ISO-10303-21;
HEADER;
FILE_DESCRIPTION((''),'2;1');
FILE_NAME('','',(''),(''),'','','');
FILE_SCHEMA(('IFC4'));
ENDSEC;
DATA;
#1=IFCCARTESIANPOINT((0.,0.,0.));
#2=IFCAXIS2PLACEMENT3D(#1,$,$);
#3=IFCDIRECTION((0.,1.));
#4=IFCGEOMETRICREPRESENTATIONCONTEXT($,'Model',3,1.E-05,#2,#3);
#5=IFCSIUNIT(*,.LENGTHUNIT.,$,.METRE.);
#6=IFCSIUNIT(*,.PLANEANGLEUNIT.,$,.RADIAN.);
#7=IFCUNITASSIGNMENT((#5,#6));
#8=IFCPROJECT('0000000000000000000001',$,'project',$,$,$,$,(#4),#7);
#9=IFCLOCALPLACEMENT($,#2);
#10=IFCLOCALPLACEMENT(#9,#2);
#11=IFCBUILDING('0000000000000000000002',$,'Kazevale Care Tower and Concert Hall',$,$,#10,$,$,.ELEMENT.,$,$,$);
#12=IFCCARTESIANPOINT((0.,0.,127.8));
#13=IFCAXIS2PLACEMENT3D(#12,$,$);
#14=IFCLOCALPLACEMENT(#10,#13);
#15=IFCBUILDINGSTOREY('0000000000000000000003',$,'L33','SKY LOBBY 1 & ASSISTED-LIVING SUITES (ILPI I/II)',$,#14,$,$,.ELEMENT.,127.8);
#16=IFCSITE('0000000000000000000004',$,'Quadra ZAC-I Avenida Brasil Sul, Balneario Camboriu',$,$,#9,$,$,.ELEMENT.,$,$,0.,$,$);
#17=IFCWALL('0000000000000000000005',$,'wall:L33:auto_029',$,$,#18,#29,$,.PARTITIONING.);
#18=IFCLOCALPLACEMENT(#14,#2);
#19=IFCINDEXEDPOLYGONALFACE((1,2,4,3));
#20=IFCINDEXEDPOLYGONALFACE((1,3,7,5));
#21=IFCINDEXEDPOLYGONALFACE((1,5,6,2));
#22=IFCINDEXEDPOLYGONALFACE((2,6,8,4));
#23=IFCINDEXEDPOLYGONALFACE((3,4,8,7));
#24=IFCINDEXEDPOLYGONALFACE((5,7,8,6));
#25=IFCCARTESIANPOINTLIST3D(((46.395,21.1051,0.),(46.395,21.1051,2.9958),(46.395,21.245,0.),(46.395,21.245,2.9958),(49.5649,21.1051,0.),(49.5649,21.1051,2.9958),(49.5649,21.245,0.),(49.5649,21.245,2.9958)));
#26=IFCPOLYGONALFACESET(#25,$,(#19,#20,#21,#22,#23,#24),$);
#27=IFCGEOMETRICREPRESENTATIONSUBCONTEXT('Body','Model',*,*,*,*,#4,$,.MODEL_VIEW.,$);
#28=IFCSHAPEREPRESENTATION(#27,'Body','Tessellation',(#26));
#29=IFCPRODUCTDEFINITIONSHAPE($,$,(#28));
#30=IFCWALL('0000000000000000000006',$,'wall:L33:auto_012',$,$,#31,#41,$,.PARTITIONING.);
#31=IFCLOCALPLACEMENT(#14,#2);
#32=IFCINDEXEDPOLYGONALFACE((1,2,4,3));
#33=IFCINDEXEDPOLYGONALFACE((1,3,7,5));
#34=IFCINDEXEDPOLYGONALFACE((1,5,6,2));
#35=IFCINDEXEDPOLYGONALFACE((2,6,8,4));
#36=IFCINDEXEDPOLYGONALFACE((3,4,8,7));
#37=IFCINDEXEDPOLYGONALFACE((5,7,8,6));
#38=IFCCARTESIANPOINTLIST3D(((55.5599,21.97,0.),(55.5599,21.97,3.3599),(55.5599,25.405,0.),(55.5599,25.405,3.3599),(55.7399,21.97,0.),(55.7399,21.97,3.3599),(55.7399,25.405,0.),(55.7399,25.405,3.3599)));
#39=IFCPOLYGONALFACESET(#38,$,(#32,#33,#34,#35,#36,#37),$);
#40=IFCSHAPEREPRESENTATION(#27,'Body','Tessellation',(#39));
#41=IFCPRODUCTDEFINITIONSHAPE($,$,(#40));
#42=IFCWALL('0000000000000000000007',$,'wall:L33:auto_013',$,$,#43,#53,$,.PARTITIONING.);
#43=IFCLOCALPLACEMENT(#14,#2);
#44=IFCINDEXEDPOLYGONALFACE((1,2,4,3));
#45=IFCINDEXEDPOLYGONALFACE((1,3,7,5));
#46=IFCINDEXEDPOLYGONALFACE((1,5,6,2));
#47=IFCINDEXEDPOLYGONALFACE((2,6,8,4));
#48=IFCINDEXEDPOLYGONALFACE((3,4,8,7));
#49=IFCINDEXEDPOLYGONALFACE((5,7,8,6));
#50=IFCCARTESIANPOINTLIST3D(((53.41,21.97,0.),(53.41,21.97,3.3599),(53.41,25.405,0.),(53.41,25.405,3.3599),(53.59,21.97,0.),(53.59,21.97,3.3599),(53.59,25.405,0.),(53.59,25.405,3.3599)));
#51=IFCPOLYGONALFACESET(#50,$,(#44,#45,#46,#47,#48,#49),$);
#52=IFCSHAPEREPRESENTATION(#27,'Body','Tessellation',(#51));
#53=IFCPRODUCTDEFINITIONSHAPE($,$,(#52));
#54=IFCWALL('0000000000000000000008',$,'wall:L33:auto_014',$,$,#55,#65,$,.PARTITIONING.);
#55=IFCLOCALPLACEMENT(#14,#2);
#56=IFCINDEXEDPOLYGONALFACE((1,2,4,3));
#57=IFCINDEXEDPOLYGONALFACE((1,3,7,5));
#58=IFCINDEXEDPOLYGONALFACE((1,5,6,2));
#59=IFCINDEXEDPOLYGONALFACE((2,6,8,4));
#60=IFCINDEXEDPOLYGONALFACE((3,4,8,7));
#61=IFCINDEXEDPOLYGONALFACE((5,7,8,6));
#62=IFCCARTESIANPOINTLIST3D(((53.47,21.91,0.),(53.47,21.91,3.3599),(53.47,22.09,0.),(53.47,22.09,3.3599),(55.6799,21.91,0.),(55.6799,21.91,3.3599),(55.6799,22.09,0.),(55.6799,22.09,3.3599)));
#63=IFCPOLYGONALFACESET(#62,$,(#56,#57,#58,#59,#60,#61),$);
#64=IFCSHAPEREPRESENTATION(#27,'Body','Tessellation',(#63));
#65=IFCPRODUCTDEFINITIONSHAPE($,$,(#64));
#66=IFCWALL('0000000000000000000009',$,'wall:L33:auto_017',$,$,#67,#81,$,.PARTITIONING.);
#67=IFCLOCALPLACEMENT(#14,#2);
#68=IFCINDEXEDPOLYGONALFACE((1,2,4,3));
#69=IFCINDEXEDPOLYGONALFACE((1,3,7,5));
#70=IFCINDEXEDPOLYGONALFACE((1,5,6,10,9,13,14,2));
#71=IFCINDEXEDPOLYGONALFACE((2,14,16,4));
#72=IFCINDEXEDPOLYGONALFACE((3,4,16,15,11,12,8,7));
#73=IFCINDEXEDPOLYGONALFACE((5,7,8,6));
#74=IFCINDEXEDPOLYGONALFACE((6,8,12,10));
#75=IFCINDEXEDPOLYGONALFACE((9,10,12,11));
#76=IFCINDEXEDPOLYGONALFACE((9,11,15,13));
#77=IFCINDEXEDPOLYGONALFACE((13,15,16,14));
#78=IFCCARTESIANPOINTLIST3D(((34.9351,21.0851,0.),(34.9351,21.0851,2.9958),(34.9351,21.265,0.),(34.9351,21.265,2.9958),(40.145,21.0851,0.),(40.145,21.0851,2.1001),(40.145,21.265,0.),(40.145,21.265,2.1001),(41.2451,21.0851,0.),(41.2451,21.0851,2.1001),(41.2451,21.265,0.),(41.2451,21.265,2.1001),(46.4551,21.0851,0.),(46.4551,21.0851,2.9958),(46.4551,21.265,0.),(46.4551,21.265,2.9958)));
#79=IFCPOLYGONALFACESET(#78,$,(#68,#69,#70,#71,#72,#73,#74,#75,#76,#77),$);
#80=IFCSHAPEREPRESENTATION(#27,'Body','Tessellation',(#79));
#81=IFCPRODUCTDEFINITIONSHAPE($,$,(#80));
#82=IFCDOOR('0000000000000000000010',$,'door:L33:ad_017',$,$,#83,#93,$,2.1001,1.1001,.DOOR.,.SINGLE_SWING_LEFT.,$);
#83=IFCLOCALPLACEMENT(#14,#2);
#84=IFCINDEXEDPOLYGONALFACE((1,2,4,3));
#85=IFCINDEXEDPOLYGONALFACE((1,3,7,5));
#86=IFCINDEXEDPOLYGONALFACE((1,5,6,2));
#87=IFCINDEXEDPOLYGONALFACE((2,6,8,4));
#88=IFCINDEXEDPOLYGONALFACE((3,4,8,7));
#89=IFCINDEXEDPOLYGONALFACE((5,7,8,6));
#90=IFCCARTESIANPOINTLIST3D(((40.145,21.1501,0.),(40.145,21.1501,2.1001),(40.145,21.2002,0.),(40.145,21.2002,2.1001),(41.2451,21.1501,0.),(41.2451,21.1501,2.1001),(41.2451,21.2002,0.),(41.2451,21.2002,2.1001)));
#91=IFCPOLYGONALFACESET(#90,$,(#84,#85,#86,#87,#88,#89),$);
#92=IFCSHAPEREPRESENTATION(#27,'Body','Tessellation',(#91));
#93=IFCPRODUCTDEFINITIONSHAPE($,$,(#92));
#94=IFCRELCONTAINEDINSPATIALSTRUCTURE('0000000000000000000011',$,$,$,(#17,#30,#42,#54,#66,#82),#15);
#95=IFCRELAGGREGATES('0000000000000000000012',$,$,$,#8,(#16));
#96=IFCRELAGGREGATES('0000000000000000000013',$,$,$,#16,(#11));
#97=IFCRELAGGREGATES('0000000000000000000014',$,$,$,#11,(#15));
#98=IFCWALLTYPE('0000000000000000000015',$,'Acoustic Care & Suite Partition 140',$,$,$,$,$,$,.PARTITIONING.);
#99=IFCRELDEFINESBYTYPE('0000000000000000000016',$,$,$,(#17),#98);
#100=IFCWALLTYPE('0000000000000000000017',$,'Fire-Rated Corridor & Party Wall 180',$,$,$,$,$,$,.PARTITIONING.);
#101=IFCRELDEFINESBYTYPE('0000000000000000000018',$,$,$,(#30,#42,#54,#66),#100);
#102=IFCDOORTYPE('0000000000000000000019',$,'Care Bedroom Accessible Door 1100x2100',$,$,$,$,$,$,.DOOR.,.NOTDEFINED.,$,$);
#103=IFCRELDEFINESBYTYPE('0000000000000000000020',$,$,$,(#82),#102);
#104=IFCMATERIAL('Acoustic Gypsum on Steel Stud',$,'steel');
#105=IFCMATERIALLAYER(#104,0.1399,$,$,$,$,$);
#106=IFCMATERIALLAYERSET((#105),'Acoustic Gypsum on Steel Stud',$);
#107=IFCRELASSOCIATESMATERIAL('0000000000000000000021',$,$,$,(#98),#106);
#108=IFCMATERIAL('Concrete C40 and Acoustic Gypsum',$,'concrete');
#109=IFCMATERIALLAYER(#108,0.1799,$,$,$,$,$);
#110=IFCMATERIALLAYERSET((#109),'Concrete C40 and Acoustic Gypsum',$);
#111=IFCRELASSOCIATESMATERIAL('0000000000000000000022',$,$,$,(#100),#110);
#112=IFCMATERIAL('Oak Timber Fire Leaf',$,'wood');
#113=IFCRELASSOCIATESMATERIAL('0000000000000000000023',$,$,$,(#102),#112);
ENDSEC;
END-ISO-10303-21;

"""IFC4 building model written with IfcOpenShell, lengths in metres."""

from ifc_helpers import new_model, si_unit, direction, frame, frame_2d, origin, place, context, subcontext, project, spatial, rectangle, extrude, material, layer, layer_set, type_object, element, fill, save


model = new_model("IFC4")

# Units and contexts
model_context = context("Model", 3, precision=1e-05, world=origin(), true_north=direction((0.0, 1.0)))
body_context = subcontext(model_context, "Body", "Model", "MODEL_VIEW")
ifc_project = project(units=[si_unit("LENGTHUNIT", "METRE"), si_unit("PLANEANGLEUNIT", "RADIAN")], contexts=[model_context])

# Site, building, storey
site_placement = place(None, origin())
site = spatial("IfcSite", under=ifc_project, at=site_placement, Name="Quadra ZAC-I Avenida Brasil Sul, Balneario Camboriu", CompositionType="ELEMENT", RefElevation=0.0)
building_placement = place(site_placement, origin())
building = spatial("IfcBuilding", under=site, at=building_placement, Name="Kazevale Care Tower and Concert Hall", CompositionType="ELEMENT")
storey_placement = place(building_placement, frame((0.0, 0.0, 127.8)))
storey = spatial("IfcBuildingStorey", under=building, at=storey_placement, Name="L33", Description="SKY LOBBY 1 & ASSISTED-LIVING SUITES (ILPI I/II)", CompositionType="ELEMENT", Elevation=127.8)

# Walls
ifc_material_1 = material(Name="Acoustic Gypsum on Steel Stud", Category="steel")
ifc_layer_1 = layer(ifc_material_1, 0.1399)
ifc_layer_set_1 = layer_set([ifc_layer_1], Name="Acoustic Gypsum on Steel Stud")
wall_type_1 = type_object("IfcWallType", Name="Acoustic Care & Suite Partition 140", PredefinedType="PARTITIONING", material=ifc_layer_set_1)
wall_1_placement = place(storey_placement, frame((49.5649, 21.175, 0.0), z_axis=(0.0, 0.0, 1.0), x_axis=(-1.0, 0.0, 0.0)))
element("IfcWall", 1, at=wall_1_placement, inside=storey, type_object=wall_type_1, Name="wall:L33:auto_029", PredefinedType="PARTITIONING", context=body_context, shape_type="SweptSolid", body=[
    extrude(rectangle(XDim=3.1699, YDim=0.1399, at=frame_2d((1.585, 0.0))), origin(), (0.0, 0.0, 1.0), 2.9958),
])
ifc_material_2 = material(Name="Concrete C40 and Acoustic Gypsum", Category="concrete")
ifc_layer_2 = layer(ifc_material_2, 0.1799)
ifc_layer_set_2 = layer_set([ifc_layer_2], Name="Concrete C40 and Acoustic Gypsum")
wall_type_2 = type_object("IfcWallType", Name="Fire-Rated Corridor & Party Wall 180", PredefinedType="PARTITIONING", material=ifc_layer_set_2)
for number, where, z_axis, x_axis, name in (
    (2, (55.6499, 25.405, 0.0), (0.0, 0.0, 1.0), (0.0, -1.0, 0.0), "wall:L33:auto_012"),
    (3, (53.5, 21.97, 0.0), (0.0, 0.0, 1.0), (0.0, 1.0, 0.0), "wall:L33:auto_013"),
):
    element("IfcWall", number, at=place(storey_placement, frame(where, z_axis=z_axis, x_axis=x_axis)), inside=storey, type_object=wall_type_2, Name=name, PredefinedType="PARTITIONING", context=body_context, shape_type="SweptSolid", body=[
        extrude(rectangle(XDim=3.4351, YDim=0.1799, at=frame_2d((1.7175, 0.0))), origin(), (0.0, 0.0, 1.0), 3.3599),
    ])
wall_2_placement = place(storey_placement, frame((55.6799, 22.0, 0.0), z_axis=(0.0, 0.0, 1.0), x_axis=(-1.0, 0.0, 0.0)))
element("IfcWall", 4, at=wall_2_placement, inside=storey, type_object=wall_type_2, Name="wall:L33:auto_014", PredefinedType="PARTITIONING", context=body_context, shape_type="SweptSolid", body=[
    extrude(rectangle(XDim=2.21, YDim=0.1799, at=frame_2d((1.105, 0.0))), origin(), (0.0, 0.0, 1.0), 3.3599),
])

# Wall, opening, door
wall_3_placement = place(storey_placement, frame((46.4551, 21.175, 0.0), z_axis=(0.0, 0.0, 1.0), x_axis=(-1.0, 0.0, 0.0)))
wall_3 = element("IfcWall", 5, at=wall_3_placement, inside=storey, type_object=wall_type_2, Name="wall:L33:auto_017", PredefinedType="PARTITIONING", context=body_context, shape_type="SweptSolid", body=[
    extrude(rectangle(XDim=11.52, YDim=0.1799, at=frame_2d((5.76, 0.0))), origin(), (0.0, 0.0, 1.0), 2.9958),
])
opening_1_placement = place(wall_3_placement, frame((5.21, 0.0, 0.0)))
opening_1 = element("IfcOpeningElement", 6, at=opening_1_placement, cuts=wall_3, PredefinedType="OPENING", context=body_context, shape_type="SweptSolid", body=[
    extrude(rectangle(XDim=1.1001, YDim=2.1001, at=frame_2d((0.55, 1.05))), frame((0.0, 0.0999, 0.0), z_axis=(0.0, -1.0, 0.0), x_axis=(1.0, 0.0, 0.0)), (0.0, 0.0, 1.0), 0.2),
])
ifc_material_3 = material(Name="Oak Timber Fire Leaf", Category="wood")
door_type_1 = type_object("IfcDoorType", Name="Care Bedroom Accessible Door 1100x2100", OperationType="NOTDEFINED", PredefinedType="DOOR", material=ifc_material_3)
door_1_placement = place(opening_1_placement, origin())
door_1 = element("IfcDoor", 7, at=door_1_placement, inside=storey, type_object=door_type_1, Name="door:L33:ad_017", OperationType="SINGLE_SWING_LEFT", OverallHeight=2.1001, OverallWidth=1.1001, PredefinedType="DOOR", context=body_context, shape_type="SweptSolid", body=[
    extrude(rectangle(XDim=1.1001, YDim=2.1001, at=frame_2d((0.55, 1.05))), frame((0.0, 0.0249, 0.0), z_axis=(0.0, -1.0, 0.0), x_axis=(1.0, 0.0, 0.0)), (0.0, 0.0, 1.0), 0.05),
])
fill(opening_1, door_1)

save(model, "model.ifc")
